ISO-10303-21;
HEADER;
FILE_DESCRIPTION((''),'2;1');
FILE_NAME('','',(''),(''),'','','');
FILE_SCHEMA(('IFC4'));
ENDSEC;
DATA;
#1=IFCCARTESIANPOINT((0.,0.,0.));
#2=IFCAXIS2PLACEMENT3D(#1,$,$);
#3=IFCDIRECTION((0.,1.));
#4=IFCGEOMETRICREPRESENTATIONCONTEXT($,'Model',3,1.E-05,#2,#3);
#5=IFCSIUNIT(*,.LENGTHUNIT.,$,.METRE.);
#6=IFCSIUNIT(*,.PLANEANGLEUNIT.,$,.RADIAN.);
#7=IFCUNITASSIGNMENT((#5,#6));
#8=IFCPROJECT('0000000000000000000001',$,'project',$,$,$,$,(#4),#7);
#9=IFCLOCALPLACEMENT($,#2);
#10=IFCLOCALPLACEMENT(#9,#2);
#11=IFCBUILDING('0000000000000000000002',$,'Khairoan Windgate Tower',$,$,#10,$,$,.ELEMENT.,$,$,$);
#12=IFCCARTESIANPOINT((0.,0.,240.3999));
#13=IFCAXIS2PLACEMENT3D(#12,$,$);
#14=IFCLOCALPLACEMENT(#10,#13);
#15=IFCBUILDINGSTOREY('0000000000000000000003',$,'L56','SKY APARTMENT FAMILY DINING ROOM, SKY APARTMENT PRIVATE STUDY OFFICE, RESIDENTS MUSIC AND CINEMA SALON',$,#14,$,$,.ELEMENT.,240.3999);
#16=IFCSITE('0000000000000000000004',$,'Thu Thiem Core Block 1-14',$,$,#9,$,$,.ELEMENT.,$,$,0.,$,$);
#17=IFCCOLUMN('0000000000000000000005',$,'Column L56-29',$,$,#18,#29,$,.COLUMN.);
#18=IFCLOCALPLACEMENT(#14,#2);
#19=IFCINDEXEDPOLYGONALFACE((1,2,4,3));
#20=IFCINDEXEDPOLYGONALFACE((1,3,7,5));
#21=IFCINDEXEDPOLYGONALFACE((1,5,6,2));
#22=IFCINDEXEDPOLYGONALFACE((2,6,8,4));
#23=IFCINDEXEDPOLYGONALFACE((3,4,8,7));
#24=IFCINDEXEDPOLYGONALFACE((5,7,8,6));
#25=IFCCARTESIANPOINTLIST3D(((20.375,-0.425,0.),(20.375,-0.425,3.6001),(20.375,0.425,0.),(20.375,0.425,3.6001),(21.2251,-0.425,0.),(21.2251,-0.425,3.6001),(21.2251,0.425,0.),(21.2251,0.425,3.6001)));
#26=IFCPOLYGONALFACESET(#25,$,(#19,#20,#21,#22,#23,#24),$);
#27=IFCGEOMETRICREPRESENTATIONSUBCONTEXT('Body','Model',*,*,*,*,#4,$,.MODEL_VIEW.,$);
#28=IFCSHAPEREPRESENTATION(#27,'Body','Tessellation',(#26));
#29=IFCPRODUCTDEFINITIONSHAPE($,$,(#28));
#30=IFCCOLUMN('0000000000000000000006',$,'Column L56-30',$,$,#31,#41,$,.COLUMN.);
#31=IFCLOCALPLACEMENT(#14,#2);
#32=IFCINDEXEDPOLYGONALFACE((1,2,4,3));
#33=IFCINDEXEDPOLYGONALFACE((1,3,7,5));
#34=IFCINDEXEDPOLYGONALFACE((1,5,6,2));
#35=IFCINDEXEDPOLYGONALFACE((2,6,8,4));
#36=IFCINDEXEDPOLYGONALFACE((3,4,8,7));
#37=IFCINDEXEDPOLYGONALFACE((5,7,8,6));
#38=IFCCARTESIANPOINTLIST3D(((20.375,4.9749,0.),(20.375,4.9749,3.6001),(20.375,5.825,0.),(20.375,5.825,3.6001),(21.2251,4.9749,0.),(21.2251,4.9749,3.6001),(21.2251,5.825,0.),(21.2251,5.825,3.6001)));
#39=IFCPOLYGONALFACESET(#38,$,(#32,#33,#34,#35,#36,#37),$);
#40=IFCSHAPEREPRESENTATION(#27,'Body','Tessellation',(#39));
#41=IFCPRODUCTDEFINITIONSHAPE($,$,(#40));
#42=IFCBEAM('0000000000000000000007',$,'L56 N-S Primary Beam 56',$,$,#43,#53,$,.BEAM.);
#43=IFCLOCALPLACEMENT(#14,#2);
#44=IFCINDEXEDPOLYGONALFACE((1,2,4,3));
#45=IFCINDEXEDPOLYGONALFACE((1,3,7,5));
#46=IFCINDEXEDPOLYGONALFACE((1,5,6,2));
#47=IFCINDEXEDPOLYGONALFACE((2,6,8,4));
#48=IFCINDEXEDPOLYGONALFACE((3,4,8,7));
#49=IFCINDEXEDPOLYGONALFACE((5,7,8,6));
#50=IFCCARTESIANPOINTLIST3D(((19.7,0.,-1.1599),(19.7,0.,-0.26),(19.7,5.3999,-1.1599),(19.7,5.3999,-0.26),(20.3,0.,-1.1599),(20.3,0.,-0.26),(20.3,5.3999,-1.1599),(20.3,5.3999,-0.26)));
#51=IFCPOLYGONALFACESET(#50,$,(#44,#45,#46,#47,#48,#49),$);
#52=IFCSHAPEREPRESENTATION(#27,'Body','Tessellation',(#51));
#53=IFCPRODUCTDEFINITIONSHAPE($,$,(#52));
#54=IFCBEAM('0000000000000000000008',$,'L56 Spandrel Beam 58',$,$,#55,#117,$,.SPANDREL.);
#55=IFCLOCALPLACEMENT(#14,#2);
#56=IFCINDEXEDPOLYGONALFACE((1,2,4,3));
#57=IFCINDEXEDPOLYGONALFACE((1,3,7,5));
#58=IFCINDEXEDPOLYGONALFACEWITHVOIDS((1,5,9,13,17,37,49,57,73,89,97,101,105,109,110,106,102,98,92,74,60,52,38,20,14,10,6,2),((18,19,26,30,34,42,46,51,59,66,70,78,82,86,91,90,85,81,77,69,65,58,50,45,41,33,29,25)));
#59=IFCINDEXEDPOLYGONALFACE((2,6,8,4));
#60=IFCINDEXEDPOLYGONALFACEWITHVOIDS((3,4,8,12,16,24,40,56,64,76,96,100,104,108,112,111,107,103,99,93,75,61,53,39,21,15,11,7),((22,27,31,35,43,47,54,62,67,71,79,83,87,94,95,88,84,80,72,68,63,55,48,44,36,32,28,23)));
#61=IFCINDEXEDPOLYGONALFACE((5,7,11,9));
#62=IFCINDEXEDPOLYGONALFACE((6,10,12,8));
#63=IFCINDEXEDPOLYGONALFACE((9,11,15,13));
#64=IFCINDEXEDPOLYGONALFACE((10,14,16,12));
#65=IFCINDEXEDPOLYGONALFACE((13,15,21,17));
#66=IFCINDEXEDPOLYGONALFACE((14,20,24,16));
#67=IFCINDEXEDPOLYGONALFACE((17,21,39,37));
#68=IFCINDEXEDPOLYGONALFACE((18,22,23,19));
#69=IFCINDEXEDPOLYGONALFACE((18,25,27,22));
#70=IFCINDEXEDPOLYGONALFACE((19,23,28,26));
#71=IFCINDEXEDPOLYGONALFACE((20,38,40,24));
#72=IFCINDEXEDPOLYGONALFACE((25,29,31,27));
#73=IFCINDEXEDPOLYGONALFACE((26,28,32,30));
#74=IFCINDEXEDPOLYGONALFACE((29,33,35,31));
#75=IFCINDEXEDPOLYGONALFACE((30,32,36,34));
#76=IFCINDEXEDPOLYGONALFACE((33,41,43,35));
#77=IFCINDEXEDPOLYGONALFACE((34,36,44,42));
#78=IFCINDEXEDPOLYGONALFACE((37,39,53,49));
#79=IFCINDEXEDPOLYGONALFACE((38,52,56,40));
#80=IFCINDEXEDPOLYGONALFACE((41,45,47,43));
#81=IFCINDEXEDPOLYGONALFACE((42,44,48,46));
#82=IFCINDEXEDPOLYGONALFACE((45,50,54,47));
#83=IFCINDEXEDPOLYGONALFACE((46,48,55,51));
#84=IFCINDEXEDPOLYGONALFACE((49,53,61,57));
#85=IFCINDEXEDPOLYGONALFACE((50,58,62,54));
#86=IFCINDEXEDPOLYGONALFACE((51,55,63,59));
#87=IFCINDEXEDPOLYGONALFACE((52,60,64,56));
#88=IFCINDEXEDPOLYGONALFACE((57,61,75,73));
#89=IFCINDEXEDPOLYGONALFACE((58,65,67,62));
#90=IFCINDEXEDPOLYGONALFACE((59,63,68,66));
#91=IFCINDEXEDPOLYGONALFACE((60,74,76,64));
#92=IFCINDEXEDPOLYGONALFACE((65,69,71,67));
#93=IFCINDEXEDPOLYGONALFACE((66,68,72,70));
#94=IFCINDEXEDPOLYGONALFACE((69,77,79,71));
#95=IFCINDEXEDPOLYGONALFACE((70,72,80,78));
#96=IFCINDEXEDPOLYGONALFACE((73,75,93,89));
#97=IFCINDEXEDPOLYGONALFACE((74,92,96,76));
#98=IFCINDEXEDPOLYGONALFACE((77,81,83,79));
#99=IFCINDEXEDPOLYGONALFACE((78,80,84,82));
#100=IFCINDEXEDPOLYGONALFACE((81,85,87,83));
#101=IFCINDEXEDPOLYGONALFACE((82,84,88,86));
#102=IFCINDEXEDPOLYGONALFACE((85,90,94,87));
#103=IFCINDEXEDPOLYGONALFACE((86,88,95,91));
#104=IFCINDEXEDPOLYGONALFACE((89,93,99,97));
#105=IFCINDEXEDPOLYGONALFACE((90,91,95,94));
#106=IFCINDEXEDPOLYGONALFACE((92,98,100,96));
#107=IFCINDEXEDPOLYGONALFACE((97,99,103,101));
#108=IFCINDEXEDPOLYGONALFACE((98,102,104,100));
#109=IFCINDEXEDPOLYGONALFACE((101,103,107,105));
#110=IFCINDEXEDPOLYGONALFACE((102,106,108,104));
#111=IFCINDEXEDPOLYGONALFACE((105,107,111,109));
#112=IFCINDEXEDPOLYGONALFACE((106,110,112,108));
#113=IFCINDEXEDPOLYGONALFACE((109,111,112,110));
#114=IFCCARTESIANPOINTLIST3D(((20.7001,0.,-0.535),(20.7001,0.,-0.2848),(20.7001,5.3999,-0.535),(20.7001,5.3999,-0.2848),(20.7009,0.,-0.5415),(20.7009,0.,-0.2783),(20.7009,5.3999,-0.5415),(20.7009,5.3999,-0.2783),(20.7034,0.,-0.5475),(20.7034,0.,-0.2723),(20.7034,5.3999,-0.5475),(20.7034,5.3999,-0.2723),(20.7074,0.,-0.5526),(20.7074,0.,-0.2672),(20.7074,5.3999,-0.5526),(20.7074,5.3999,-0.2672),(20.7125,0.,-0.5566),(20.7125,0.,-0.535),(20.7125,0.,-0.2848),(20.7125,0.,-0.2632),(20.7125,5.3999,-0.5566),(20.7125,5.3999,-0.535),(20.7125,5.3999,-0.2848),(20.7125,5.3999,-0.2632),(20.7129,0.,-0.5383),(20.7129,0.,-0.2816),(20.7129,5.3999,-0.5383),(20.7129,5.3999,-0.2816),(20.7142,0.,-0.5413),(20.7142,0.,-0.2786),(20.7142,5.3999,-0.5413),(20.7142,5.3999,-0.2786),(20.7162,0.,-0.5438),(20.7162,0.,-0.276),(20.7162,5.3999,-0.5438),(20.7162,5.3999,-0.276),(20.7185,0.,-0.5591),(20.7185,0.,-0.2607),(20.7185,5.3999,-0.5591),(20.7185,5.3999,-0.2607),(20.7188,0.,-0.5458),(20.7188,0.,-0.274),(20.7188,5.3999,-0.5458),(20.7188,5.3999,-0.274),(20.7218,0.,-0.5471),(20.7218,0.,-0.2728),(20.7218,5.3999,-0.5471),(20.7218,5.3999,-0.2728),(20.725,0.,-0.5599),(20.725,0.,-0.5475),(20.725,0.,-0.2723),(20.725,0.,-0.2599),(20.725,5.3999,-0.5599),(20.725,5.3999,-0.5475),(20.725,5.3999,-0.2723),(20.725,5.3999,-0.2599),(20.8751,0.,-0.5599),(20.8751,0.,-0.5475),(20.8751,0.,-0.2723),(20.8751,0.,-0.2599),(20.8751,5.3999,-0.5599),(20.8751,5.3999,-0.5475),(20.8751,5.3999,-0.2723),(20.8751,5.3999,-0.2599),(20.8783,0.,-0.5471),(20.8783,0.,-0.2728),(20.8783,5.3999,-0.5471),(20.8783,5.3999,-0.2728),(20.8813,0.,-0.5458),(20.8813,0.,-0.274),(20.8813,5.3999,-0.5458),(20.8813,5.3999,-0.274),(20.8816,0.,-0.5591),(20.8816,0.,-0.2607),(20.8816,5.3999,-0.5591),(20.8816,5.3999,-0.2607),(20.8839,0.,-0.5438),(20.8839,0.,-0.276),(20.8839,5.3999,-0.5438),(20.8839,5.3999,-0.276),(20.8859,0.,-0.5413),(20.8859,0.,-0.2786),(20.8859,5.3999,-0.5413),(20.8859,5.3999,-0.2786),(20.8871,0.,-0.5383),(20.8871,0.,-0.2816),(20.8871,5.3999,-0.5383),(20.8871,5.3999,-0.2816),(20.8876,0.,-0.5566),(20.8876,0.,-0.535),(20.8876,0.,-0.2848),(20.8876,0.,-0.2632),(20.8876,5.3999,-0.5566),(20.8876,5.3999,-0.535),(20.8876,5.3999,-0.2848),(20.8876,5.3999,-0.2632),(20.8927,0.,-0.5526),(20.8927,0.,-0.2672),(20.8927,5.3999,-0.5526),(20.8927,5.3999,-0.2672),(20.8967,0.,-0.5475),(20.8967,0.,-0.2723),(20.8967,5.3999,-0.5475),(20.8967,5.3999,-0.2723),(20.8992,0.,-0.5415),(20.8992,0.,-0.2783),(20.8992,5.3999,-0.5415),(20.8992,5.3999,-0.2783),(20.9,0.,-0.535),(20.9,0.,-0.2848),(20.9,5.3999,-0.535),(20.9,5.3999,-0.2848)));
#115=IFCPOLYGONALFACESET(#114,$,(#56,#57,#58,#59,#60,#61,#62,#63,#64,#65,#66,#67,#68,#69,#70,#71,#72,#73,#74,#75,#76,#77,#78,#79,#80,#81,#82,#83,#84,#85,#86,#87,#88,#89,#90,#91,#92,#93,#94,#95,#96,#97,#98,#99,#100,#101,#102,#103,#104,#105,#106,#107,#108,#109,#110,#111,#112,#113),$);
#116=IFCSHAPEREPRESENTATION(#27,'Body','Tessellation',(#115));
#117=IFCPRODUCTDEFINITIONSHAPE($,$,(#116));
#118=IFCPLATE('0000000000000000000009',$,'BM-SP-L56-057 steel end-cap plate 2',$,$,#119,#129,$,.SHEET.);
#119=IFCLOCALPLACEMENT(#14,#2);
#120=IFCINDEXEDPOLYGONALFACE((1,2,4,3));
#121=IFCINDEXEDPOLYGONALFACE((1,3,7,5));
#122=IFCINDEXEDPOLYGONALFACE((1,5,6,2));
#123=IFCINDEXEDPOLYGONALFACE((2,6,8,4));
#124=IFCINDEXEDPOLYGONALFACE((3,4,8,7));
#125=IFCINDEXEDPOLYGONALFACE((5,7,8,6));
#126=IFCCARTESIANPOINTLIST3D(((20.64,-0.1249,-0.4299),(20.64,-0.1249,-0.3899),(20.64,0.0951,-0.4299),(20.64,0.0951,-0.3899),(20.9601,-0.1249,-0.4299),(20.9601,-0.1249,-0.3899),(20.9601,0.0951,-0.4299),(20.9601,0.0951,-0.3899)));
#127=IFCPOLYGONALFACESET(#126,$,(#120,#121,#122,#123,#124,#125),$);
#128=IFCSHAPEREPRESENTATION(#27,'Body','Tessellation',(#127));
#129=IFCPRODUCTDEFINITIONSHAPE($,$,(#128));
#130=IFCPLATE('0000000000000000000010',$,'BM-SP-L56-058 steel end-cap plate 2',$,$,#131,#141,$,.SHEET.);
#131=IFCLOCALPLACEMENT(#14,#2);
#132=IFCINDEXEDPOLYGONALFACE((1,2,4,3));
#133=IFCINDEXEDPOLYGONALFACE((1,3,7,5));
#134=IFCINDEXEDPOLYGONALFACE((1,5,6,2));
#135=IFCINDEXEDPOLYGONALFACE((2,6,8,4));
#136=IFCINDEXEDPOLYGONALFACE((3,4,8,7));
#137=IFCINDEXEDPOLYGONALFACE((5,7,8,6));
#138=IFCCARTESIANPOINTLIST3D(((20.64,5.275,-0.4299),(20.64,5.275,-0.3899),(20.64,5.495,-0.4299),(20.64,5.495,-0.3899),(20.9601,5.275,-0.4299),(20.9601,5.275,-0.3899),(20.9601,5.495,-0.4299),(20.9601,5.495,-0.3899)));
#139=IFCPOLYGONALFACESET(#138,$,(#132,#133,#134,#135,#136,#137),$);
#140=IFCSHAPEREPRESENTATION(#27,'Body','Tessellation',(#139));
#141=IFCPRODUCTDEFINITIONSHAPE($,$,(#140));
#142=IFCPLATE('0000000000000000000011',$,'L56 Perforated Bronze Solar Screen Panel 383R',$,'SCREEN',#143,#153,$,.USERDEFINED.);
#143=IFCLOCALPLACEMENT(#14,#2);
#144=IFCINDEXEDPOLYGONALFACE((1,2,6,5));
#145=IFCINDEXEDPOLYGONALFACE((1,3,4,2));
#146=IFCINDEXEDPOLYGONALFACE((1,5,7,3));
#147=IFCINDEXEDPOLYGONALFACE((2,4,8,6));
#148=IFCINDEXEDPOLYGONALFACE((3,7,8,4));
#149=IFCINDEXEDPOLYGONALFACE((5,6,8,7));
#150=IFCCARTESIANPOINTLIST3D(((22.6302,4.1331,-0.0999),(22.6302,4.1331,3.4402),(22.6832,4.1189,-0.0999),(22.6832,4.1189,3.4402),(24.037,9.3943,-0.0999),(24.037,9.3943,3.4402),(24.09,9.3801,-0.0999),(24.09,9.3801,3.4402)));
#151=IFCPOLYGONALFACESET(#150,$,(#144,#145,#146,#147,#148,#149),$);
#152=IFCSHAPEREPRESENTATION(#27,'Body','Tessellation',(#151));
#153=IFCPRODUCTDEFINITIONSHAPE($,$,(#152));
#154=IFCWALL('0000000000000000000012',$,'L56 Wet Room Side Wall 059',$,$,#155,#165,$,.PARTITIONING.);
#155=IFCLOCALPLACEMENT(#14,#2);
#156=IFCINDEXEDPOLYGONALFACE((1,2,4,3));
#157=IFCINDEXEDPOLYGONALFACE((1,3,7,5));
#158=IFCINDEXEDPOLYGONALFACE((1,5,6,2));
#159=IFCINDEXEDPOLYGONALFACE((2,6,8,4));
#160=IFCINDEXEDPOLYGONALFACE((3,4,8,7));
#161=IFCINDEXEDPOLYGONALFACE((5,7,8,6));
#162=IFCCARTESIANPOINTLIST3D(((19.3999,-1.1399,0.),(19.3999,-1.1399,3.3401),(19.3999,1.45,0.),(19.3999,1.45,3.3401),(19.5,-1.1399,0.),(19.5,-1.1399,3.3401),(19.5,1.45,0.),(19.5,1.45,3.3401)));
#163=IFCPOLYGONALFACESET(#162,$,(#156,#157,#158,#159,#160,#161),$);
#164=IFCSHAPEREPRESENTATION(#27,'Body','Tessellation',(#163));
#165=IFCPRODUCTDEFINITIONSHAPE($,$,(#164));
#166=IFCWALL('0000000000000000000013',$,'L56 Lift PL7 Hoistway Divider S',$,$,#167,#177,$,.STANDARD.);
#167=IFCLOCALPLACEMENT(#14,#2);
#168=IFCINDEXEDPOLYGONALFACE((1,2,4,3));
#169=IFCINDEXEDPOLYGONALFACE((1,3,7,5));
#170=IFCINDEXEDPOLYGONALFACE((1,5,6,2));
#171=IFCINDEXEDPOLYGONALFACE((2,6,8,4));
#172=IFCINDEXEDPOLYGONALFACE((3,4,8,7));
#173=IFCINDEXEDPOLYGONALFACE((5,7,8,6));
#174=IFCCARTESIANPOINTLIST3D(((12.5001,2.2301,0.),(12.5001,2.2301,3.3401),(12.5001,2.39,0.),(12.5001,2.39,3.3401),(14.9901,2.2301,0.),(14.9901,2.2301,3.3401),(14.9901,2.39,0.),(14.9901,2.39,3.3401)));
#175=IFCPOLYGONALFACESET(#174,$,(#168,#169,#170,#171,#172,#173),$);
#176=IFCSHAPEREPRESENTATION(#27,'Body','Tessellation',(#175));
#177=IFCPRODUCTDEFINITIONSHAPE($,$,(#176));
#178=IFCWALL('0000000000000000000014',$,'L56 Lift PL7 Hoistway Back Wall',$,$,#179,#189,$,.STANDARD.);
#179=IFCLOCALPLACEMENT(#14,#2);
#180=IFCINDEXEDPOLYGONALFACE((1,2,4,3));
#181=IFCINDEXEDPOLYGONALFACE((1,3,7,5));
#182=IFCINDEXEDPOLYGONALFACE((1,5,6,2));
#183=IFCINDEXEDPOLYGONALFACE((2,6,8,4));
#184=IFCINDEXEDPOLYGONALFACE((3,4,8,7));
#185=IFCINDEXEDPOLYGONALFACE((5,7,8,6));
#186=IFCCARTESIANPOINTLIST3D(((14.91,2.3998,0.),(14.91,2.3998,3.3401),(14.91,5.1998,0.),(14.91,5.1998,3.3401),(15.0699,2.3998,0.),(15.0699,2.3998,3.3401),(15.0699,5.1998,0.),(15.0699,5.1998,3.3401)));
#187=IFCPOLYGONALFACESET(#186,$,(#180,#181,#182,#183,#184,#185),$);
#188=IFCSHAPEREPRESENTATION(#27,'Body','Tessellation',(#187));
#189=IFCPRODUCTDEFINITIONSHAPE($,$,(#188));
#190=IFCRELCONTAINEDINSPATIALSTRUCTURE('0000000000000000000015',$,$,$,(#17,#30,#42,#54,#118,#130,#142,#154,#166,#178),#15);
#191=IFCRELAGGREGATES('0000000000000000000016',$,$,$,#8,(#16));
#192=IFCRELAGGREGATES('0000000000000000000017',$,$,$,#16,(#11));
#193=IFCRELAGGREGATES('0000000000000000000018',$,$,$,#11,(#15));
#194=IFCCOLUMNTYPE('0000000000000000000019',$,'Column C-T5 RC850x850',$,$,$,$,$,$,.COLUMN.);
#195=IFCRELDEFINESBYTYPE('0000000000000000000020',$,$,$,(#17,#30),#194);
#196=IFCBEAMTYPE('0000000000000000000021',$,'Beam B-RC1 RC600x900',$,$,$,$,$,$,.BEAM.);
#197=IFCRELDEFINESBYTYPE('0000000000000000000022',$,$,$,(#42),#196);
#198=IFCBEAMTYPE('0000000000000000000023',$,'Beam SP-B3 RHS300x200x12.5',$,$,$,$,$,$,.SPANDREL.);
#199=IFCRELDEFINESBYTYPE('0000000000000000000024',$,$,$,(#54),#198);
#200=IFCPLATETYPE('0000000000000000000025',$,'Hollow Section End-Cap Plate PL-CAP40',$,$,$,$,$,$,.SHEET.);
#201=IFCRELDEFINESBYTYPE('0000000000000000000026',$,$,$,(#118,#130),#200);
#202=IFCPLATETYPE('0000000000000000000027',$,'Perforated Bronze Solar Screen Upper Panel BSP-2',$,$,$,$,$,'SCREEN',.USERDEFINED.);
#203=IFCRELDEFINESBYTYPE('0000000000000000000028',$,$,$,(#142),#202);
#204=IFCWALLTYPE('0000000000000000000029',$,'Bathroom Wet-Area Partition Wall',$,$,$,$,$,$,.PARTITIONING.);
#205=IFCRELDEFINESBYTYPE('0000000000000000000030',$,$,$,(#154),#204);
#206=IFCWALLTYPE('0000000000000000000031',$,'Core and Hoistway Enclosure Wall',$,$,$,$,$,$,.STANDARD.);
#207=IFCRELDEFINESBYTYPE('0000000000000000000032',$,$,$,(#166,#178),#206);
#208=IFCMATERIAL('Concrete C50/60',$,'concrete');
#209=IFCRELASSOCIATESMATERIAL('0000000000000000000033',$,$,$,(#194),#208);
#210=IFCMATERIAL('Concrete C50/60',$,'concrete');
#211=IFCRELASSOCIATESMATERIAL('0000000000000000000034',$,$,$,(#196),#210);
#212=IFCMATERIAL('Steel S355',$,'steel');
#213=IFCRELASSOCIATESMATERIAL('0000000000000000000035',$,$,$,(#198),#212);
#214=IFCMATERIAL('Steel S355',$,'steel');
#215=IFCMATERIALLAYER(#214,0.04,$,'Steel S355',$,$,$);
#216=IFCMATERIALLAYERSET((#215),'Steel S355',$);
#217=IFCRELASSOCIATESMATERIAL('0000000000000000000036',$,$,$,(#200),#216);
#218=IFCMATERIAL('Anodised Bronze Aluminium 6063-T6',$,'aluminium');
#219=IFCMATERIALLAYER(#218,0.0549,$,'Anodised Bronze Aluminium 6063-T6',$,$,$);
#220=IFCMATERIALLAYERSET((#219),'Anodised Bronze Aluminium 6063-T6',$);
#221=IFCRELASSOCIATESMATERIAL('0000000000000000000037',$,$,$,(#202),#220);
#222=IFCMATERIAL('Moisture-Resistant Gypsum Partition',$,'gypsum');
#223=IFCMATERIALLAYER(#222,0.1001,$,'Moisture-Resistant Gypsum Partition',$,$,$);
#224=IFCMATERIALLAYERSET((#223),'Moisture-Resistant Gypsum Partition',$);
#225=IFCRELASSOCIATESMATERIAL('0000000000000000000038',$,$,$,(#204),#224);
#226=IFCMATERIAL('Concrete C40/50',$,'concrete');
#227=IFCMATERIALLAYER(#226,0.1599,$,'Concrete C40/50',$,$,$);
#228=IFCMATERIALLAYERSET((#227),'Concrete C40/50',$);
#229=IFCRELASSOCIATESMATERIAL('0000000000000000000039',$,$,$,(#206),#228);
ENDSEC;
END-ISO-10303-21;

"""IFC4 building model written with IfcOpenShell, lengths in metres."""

from ifc_helpers import new_model, si_unit, direction, frame, frame_2d, origin, origin_2d, place, context, subcontext, project, spatial, rectangle, hollow_rectangle, extrude, material, layer, layer_set, material_profile, profile_set, type_object, element, save


model = new_model("IFC4")

# Units and contexts
model_context = context("Model", 3, precision=1e-05, world=origin(), true_north=direction((0.0, 1.0)))
body_context = subcontext(model_context, "Body", "Model", "MODEL_VIEW")
ifc_project = project(units=[si_unit("LENGTHUNIT", "METRE"), si_unit("PLANEANGLEUNIT", "RADIAN")], contexts=[model_context])

# Site, building, storey
site_placement = place(None, origin())
site = spatial("IfcSite", under=ifc_project, at=site_placement, Name="Thu Thiem Core Block 1-14", CompositionType="ELEMENT", RefElevation=0.0)
building_placement = place(site_placement, origin())
building = spatial("IfcBuilding", under=site, at=building_placement, Name="Khairoan Windgate Tower", CompositionType="ELEMENT")
storey_placement = place(building_placement, frame((0.0, 0.0, 240.3999)))
storey = spatial("IfcBuildingStorey", under=building, at=storey_placement, Name="L56", Description="SKY APARTMENT FAMILY DINING ROOM, SKY APARTMENT PRIVATE STUDY OFFICE, RESIDENTS MUSIC AND CINEMA SALON", CompositionType="ELEMENT", Elevation=240.3999)

# Columns
ifc_material_1 = material(Name="Concrete C50/60", Category="concrete")
ifc_material_profile_1 = material_profile(ifc_material_1, rectangle(XDim=0.8501, YDim=0.8501, at=origin_2d()))
ifc_profile_set_1 = profile_set([ifc_material_profile_1], Name="Concrete C50/60")
column_type = type_object("IfcColumnType", Name="Column C-T5 RC850x850", PredefinedType="COLUMN", material=ifc_profile_set_1)
for number, where, z_axis, x_axis, name in (
    (1, (20.8, 0.0, 0.0), (0.0, 0.0, 1.0), (1.0, 0.0, 0.0), "Column L56-29"),
    (2, (20.8, 5.3999, 0.0), (0.0, 0.0, 1.0), (1.0, 0.0, 0.0), "Column L56-30"),
):
    element("IfcColumn", number, at=place(storey_placement, frame(where, z_axis=z_axis, x_axis=x_axis)), inside=storey, type_object=column_type, Name=name, PredefinedType="COLUMN", context=body_context, shape_type="SweptSolid", body=[
        extrude(rectangle(XDim=0.8501, YDim=0.8501, at=origin_2d()), origin(), (0.0, 0.0, 1.0), 3.6001),
    ])

# Beams
ifc_material_2 = material(Name="Concrete C50/60", Category="concrete")
ifc_material_profile_2 = material_profile(ifc_material_2, rectangle(XDim=0.6001, YDim=0.8999, at=origin_2d()))
ifc_profile_set_2 = profile_set([ifc_material_profile_2], Name="Concrete C50/60")
beam_type_1 = type_object("IfcBeamType", Name="Beam B-RC1 RC600x900", PredefinedType="BEAM", material=ifc_profile_set_2)
beam_1_placement = place(storey_placement, frame((20.0, 0.0, -0.71), z_axis=(0.0, 1.0, 0.0), x_axis=(-1.0, 0.0, 0.0)))
element("IfcBeam", 3, at=beam_1_placement, inside=storey, type_object=beam_type_1, Name="L56 N-S Primary Beam 56", PredefinedType="BEAM", context=body_context, shape_type="SweptSolid", body=[
    extrude(rectangle(XDim=0.6001, YDim=0.8999, at=origin_2d()), origin(), (0.0, 0.0, 1.0), 5.3999),
])
ifc_material_3 = material(Name="Steel S355", Category="steel")
ifc_material_profile_3 = material_profile(ifc_material_3, hollow_rectangle(XDim=0.2, YDim=0.3, WallThickness=0.0125, InnerFilletRadius=0.0125, OuterFilletRadius=0.0249, at=origin_2d()))
ifc_profile_set_3 = profile_set([ifc_material_profile_3], Name="Steel S355")
beam_type_2 = type_object("IfcBeamType", Name="Beam SP-B3 RHS300x200x12.5", PredefinedType="SPANDREL", material=ifc_profile_set_3)
beam_2_placement = place(storey_placement, frame((20.8, 0.0, -0.4099), z_axis=(0.0, 1.0, 0.0), x_axis=(-1.0, 0.0, 0.0)))
element("IfcBeam", 4, at=beam_2_placement, inside=storey, type_object=beam_type_2, Name="L56 Spandrel Beam 58", PredefinedType="SPANDREL", context=body_context, shape_type="SweptSolid", body=[
    extrude(hollow_rectangle(XDim=0.2, YDim=0.3, WallThickness=0.0125, InnerFilletRadius=0.0125, OuterFilletRadius=0.0249, at=origin_2d()), origin(), (0.0, 0.0, 1.0), 5.3999),
])

# Plates
ifc_material_4 = material(Name="Steel S355", Category="steel")
ifc_layer_1 = layer(ifc_material_4, 0.04, Name="Steel S355")
ifc_layer_set_1 = layer_set([ifc_layer_1], Name="Steel S355")
plate_type_1 = type_object("IfcPlateType", Name="Hollow Section End-Cap Plate PL-CAP40", PredefinedType="SHEET", material=ifc_layer_set_1)
for number, where, z_axis, x_axis, name in (
    (5, (20.8, -0.0149, -0.4299), (0.0, 0.0, 1.0), (0.0, 1.0, 0.0), "BM-SP-L56-057 steel end-cap plate 2"),
    (6, (20.8, 5.385, -0.4299), (0.0, 0.0, 1.0), (0.0, 1.0, 0.0), "BM-SP-L56-058 steel end-cap plate 2"),
):
    element("IfcPlate", number, at=place(storey_placement, frame(where, z_axis=z_axis, x_axis=x_axis)), inside=storey, type_object=plate_type_1, Name=name, PredefinedType="SHEET", context=body_context, shape_type="SweptSolid", body=[
        extrude(rectangle(XDim=0.22, YDim=0.3201, at=origin_2d()), origin(), (0.0, 0.0, 1.0), 0.04),
    ])
ifc_material_5 = material(Name="Anodised Bronze Aluminium 6063-T6", Category="aluminium")
ifc_layer_2 = layer(ifc_material_5, 0.0549, Name="Anodised Bronze Aluminium 6063-T6")
ifc_layer_set_2 = layer_set([ifc_layer_2], Name="Anodised Bronze Aluminium 6063-T6")
plate_type_2 = type_object("IfcPlateType", Name="Perforated Bronze Solar Screen Upper Panel BSP-2", ElementType="SCREEN", PredefinedType="USERDEFINED", material=ifc_layer_set_2)
plate_placement = place(storey_placement, frame((23.3601, 6.7566, -0.0999), z_axis=(0.0, 0.0, 1.0), x_axis=(-0.258313, -0.966061, 0.0)))
element("IfcPlate", 7, at=plate_placement, inside=storey, type_object=plate_type_2, Name="L56 Perforated Bronze Solar Screen Panel 383R", ObjectType="SCREEN", PredefinedType="USERDEFINED", context=body_context, shape_type="SweptSolid", body=[
    extrude(rectangle(XDim=5.446, YDim=0.0549, at=origin_2d()), origin(), (0.0, 0.0, 1.0), 3.54),
])

# Walls
ifc_material_6 = material(Name="Moisture-Resistant Gypsum Partition", Category="gypsum")
ifc_layer_3 = layer(ifc_material_6, 0.1001, Name="Moisture-Resistant Gypsum Partition")
ifc_layer_set_3 = layer_set([ifc_layer_3], Name="Moisture-Resistant Gypsum Partition")
wall_type_1 = type_object("IfcWallType", Name="Bathroom Wet-Area Partition Wall", PredefinedType="PARTITIONING", material=ifc_layer_set_3)
wall_1_placement = place(storey_placement, frame((19.45, 1.45, 0.0), z_axis=(0.0, 0.0, 1.0), x_axis=(0.0, -1.0, 0.0)))
element("IfcWall", 8, at=wall_1_placement, inside=storey, type_object=wall_type_1, Name="L56 Wet Room Side Wall 059", PredefinedType="PARTITIONING", context=body_context, shape_type="SweptSolid", body=[
    extrude(rectangle(XDim=2.5898, YDim=0.1001, at=frame_2d((1.2949, 0.0))), origin(), (0.0, 0.0, 1.0), 3.3401),
])
ifc_material_7 = material(Name="Concrete C40/50", Category="concrete")
ifc_layer_4 = layer(ifc_material_7, 0.1599, Name="Concrete C40/50")
ifc_layer_set_4 = layer_set([ifc_layer_4], Name="Concrete C40/50")
wall_type_2 = type_object("IfcWallType", Name="Core and Hoistway Enclosure Wall", PredefinedType="STANDARD", material=ifc_layer_set_4)
wall_2_placement = place(storey_placement, frame((12.5, 2.3101, 0.0), z_axis=(0.0, 0.0, 1.0), x_axis=(1.0, 0.0, 0.0)))
element("IfcWall", 9, at=wall_2_placement, inside=storey, type_object=wall_type_2, Name="L56 Lift PL7 Hoistway Divider S", PredefinedType="STANDARD", context=body_context, shape_type="SweptSolid", body=[
    extrude(rectangle(XDim=2.49, YDim=0.1599, at=frame_2d((1.2451, 0.0))), origin(), (0.0, 0.0, 1.0), 3.3401),
])
wall_3_placement = place(storey_placement, frame((14.99, 2.3999, 0.0), z_axis=(0.0, 0.0, 1.0), x_axis=(0.0, 1.0, 0.0)))
element("IfcWall", 10, at=wall_3_placement, inside=storey, type_object=wall_type_2, Name="L56 Lift PL7 Hoistway Back Wall", PredefinedType="STANDARD", context=body_context, shape_type="SweptSolid", body=[
    extrude(rectangle(XDim=2.8, YDim=0.1599, at=frame_2d((1.3999, 0.0))), origin(), (0.0, 0.0, 1.0), 3.3401),
])

save(model, "model.ifc")
